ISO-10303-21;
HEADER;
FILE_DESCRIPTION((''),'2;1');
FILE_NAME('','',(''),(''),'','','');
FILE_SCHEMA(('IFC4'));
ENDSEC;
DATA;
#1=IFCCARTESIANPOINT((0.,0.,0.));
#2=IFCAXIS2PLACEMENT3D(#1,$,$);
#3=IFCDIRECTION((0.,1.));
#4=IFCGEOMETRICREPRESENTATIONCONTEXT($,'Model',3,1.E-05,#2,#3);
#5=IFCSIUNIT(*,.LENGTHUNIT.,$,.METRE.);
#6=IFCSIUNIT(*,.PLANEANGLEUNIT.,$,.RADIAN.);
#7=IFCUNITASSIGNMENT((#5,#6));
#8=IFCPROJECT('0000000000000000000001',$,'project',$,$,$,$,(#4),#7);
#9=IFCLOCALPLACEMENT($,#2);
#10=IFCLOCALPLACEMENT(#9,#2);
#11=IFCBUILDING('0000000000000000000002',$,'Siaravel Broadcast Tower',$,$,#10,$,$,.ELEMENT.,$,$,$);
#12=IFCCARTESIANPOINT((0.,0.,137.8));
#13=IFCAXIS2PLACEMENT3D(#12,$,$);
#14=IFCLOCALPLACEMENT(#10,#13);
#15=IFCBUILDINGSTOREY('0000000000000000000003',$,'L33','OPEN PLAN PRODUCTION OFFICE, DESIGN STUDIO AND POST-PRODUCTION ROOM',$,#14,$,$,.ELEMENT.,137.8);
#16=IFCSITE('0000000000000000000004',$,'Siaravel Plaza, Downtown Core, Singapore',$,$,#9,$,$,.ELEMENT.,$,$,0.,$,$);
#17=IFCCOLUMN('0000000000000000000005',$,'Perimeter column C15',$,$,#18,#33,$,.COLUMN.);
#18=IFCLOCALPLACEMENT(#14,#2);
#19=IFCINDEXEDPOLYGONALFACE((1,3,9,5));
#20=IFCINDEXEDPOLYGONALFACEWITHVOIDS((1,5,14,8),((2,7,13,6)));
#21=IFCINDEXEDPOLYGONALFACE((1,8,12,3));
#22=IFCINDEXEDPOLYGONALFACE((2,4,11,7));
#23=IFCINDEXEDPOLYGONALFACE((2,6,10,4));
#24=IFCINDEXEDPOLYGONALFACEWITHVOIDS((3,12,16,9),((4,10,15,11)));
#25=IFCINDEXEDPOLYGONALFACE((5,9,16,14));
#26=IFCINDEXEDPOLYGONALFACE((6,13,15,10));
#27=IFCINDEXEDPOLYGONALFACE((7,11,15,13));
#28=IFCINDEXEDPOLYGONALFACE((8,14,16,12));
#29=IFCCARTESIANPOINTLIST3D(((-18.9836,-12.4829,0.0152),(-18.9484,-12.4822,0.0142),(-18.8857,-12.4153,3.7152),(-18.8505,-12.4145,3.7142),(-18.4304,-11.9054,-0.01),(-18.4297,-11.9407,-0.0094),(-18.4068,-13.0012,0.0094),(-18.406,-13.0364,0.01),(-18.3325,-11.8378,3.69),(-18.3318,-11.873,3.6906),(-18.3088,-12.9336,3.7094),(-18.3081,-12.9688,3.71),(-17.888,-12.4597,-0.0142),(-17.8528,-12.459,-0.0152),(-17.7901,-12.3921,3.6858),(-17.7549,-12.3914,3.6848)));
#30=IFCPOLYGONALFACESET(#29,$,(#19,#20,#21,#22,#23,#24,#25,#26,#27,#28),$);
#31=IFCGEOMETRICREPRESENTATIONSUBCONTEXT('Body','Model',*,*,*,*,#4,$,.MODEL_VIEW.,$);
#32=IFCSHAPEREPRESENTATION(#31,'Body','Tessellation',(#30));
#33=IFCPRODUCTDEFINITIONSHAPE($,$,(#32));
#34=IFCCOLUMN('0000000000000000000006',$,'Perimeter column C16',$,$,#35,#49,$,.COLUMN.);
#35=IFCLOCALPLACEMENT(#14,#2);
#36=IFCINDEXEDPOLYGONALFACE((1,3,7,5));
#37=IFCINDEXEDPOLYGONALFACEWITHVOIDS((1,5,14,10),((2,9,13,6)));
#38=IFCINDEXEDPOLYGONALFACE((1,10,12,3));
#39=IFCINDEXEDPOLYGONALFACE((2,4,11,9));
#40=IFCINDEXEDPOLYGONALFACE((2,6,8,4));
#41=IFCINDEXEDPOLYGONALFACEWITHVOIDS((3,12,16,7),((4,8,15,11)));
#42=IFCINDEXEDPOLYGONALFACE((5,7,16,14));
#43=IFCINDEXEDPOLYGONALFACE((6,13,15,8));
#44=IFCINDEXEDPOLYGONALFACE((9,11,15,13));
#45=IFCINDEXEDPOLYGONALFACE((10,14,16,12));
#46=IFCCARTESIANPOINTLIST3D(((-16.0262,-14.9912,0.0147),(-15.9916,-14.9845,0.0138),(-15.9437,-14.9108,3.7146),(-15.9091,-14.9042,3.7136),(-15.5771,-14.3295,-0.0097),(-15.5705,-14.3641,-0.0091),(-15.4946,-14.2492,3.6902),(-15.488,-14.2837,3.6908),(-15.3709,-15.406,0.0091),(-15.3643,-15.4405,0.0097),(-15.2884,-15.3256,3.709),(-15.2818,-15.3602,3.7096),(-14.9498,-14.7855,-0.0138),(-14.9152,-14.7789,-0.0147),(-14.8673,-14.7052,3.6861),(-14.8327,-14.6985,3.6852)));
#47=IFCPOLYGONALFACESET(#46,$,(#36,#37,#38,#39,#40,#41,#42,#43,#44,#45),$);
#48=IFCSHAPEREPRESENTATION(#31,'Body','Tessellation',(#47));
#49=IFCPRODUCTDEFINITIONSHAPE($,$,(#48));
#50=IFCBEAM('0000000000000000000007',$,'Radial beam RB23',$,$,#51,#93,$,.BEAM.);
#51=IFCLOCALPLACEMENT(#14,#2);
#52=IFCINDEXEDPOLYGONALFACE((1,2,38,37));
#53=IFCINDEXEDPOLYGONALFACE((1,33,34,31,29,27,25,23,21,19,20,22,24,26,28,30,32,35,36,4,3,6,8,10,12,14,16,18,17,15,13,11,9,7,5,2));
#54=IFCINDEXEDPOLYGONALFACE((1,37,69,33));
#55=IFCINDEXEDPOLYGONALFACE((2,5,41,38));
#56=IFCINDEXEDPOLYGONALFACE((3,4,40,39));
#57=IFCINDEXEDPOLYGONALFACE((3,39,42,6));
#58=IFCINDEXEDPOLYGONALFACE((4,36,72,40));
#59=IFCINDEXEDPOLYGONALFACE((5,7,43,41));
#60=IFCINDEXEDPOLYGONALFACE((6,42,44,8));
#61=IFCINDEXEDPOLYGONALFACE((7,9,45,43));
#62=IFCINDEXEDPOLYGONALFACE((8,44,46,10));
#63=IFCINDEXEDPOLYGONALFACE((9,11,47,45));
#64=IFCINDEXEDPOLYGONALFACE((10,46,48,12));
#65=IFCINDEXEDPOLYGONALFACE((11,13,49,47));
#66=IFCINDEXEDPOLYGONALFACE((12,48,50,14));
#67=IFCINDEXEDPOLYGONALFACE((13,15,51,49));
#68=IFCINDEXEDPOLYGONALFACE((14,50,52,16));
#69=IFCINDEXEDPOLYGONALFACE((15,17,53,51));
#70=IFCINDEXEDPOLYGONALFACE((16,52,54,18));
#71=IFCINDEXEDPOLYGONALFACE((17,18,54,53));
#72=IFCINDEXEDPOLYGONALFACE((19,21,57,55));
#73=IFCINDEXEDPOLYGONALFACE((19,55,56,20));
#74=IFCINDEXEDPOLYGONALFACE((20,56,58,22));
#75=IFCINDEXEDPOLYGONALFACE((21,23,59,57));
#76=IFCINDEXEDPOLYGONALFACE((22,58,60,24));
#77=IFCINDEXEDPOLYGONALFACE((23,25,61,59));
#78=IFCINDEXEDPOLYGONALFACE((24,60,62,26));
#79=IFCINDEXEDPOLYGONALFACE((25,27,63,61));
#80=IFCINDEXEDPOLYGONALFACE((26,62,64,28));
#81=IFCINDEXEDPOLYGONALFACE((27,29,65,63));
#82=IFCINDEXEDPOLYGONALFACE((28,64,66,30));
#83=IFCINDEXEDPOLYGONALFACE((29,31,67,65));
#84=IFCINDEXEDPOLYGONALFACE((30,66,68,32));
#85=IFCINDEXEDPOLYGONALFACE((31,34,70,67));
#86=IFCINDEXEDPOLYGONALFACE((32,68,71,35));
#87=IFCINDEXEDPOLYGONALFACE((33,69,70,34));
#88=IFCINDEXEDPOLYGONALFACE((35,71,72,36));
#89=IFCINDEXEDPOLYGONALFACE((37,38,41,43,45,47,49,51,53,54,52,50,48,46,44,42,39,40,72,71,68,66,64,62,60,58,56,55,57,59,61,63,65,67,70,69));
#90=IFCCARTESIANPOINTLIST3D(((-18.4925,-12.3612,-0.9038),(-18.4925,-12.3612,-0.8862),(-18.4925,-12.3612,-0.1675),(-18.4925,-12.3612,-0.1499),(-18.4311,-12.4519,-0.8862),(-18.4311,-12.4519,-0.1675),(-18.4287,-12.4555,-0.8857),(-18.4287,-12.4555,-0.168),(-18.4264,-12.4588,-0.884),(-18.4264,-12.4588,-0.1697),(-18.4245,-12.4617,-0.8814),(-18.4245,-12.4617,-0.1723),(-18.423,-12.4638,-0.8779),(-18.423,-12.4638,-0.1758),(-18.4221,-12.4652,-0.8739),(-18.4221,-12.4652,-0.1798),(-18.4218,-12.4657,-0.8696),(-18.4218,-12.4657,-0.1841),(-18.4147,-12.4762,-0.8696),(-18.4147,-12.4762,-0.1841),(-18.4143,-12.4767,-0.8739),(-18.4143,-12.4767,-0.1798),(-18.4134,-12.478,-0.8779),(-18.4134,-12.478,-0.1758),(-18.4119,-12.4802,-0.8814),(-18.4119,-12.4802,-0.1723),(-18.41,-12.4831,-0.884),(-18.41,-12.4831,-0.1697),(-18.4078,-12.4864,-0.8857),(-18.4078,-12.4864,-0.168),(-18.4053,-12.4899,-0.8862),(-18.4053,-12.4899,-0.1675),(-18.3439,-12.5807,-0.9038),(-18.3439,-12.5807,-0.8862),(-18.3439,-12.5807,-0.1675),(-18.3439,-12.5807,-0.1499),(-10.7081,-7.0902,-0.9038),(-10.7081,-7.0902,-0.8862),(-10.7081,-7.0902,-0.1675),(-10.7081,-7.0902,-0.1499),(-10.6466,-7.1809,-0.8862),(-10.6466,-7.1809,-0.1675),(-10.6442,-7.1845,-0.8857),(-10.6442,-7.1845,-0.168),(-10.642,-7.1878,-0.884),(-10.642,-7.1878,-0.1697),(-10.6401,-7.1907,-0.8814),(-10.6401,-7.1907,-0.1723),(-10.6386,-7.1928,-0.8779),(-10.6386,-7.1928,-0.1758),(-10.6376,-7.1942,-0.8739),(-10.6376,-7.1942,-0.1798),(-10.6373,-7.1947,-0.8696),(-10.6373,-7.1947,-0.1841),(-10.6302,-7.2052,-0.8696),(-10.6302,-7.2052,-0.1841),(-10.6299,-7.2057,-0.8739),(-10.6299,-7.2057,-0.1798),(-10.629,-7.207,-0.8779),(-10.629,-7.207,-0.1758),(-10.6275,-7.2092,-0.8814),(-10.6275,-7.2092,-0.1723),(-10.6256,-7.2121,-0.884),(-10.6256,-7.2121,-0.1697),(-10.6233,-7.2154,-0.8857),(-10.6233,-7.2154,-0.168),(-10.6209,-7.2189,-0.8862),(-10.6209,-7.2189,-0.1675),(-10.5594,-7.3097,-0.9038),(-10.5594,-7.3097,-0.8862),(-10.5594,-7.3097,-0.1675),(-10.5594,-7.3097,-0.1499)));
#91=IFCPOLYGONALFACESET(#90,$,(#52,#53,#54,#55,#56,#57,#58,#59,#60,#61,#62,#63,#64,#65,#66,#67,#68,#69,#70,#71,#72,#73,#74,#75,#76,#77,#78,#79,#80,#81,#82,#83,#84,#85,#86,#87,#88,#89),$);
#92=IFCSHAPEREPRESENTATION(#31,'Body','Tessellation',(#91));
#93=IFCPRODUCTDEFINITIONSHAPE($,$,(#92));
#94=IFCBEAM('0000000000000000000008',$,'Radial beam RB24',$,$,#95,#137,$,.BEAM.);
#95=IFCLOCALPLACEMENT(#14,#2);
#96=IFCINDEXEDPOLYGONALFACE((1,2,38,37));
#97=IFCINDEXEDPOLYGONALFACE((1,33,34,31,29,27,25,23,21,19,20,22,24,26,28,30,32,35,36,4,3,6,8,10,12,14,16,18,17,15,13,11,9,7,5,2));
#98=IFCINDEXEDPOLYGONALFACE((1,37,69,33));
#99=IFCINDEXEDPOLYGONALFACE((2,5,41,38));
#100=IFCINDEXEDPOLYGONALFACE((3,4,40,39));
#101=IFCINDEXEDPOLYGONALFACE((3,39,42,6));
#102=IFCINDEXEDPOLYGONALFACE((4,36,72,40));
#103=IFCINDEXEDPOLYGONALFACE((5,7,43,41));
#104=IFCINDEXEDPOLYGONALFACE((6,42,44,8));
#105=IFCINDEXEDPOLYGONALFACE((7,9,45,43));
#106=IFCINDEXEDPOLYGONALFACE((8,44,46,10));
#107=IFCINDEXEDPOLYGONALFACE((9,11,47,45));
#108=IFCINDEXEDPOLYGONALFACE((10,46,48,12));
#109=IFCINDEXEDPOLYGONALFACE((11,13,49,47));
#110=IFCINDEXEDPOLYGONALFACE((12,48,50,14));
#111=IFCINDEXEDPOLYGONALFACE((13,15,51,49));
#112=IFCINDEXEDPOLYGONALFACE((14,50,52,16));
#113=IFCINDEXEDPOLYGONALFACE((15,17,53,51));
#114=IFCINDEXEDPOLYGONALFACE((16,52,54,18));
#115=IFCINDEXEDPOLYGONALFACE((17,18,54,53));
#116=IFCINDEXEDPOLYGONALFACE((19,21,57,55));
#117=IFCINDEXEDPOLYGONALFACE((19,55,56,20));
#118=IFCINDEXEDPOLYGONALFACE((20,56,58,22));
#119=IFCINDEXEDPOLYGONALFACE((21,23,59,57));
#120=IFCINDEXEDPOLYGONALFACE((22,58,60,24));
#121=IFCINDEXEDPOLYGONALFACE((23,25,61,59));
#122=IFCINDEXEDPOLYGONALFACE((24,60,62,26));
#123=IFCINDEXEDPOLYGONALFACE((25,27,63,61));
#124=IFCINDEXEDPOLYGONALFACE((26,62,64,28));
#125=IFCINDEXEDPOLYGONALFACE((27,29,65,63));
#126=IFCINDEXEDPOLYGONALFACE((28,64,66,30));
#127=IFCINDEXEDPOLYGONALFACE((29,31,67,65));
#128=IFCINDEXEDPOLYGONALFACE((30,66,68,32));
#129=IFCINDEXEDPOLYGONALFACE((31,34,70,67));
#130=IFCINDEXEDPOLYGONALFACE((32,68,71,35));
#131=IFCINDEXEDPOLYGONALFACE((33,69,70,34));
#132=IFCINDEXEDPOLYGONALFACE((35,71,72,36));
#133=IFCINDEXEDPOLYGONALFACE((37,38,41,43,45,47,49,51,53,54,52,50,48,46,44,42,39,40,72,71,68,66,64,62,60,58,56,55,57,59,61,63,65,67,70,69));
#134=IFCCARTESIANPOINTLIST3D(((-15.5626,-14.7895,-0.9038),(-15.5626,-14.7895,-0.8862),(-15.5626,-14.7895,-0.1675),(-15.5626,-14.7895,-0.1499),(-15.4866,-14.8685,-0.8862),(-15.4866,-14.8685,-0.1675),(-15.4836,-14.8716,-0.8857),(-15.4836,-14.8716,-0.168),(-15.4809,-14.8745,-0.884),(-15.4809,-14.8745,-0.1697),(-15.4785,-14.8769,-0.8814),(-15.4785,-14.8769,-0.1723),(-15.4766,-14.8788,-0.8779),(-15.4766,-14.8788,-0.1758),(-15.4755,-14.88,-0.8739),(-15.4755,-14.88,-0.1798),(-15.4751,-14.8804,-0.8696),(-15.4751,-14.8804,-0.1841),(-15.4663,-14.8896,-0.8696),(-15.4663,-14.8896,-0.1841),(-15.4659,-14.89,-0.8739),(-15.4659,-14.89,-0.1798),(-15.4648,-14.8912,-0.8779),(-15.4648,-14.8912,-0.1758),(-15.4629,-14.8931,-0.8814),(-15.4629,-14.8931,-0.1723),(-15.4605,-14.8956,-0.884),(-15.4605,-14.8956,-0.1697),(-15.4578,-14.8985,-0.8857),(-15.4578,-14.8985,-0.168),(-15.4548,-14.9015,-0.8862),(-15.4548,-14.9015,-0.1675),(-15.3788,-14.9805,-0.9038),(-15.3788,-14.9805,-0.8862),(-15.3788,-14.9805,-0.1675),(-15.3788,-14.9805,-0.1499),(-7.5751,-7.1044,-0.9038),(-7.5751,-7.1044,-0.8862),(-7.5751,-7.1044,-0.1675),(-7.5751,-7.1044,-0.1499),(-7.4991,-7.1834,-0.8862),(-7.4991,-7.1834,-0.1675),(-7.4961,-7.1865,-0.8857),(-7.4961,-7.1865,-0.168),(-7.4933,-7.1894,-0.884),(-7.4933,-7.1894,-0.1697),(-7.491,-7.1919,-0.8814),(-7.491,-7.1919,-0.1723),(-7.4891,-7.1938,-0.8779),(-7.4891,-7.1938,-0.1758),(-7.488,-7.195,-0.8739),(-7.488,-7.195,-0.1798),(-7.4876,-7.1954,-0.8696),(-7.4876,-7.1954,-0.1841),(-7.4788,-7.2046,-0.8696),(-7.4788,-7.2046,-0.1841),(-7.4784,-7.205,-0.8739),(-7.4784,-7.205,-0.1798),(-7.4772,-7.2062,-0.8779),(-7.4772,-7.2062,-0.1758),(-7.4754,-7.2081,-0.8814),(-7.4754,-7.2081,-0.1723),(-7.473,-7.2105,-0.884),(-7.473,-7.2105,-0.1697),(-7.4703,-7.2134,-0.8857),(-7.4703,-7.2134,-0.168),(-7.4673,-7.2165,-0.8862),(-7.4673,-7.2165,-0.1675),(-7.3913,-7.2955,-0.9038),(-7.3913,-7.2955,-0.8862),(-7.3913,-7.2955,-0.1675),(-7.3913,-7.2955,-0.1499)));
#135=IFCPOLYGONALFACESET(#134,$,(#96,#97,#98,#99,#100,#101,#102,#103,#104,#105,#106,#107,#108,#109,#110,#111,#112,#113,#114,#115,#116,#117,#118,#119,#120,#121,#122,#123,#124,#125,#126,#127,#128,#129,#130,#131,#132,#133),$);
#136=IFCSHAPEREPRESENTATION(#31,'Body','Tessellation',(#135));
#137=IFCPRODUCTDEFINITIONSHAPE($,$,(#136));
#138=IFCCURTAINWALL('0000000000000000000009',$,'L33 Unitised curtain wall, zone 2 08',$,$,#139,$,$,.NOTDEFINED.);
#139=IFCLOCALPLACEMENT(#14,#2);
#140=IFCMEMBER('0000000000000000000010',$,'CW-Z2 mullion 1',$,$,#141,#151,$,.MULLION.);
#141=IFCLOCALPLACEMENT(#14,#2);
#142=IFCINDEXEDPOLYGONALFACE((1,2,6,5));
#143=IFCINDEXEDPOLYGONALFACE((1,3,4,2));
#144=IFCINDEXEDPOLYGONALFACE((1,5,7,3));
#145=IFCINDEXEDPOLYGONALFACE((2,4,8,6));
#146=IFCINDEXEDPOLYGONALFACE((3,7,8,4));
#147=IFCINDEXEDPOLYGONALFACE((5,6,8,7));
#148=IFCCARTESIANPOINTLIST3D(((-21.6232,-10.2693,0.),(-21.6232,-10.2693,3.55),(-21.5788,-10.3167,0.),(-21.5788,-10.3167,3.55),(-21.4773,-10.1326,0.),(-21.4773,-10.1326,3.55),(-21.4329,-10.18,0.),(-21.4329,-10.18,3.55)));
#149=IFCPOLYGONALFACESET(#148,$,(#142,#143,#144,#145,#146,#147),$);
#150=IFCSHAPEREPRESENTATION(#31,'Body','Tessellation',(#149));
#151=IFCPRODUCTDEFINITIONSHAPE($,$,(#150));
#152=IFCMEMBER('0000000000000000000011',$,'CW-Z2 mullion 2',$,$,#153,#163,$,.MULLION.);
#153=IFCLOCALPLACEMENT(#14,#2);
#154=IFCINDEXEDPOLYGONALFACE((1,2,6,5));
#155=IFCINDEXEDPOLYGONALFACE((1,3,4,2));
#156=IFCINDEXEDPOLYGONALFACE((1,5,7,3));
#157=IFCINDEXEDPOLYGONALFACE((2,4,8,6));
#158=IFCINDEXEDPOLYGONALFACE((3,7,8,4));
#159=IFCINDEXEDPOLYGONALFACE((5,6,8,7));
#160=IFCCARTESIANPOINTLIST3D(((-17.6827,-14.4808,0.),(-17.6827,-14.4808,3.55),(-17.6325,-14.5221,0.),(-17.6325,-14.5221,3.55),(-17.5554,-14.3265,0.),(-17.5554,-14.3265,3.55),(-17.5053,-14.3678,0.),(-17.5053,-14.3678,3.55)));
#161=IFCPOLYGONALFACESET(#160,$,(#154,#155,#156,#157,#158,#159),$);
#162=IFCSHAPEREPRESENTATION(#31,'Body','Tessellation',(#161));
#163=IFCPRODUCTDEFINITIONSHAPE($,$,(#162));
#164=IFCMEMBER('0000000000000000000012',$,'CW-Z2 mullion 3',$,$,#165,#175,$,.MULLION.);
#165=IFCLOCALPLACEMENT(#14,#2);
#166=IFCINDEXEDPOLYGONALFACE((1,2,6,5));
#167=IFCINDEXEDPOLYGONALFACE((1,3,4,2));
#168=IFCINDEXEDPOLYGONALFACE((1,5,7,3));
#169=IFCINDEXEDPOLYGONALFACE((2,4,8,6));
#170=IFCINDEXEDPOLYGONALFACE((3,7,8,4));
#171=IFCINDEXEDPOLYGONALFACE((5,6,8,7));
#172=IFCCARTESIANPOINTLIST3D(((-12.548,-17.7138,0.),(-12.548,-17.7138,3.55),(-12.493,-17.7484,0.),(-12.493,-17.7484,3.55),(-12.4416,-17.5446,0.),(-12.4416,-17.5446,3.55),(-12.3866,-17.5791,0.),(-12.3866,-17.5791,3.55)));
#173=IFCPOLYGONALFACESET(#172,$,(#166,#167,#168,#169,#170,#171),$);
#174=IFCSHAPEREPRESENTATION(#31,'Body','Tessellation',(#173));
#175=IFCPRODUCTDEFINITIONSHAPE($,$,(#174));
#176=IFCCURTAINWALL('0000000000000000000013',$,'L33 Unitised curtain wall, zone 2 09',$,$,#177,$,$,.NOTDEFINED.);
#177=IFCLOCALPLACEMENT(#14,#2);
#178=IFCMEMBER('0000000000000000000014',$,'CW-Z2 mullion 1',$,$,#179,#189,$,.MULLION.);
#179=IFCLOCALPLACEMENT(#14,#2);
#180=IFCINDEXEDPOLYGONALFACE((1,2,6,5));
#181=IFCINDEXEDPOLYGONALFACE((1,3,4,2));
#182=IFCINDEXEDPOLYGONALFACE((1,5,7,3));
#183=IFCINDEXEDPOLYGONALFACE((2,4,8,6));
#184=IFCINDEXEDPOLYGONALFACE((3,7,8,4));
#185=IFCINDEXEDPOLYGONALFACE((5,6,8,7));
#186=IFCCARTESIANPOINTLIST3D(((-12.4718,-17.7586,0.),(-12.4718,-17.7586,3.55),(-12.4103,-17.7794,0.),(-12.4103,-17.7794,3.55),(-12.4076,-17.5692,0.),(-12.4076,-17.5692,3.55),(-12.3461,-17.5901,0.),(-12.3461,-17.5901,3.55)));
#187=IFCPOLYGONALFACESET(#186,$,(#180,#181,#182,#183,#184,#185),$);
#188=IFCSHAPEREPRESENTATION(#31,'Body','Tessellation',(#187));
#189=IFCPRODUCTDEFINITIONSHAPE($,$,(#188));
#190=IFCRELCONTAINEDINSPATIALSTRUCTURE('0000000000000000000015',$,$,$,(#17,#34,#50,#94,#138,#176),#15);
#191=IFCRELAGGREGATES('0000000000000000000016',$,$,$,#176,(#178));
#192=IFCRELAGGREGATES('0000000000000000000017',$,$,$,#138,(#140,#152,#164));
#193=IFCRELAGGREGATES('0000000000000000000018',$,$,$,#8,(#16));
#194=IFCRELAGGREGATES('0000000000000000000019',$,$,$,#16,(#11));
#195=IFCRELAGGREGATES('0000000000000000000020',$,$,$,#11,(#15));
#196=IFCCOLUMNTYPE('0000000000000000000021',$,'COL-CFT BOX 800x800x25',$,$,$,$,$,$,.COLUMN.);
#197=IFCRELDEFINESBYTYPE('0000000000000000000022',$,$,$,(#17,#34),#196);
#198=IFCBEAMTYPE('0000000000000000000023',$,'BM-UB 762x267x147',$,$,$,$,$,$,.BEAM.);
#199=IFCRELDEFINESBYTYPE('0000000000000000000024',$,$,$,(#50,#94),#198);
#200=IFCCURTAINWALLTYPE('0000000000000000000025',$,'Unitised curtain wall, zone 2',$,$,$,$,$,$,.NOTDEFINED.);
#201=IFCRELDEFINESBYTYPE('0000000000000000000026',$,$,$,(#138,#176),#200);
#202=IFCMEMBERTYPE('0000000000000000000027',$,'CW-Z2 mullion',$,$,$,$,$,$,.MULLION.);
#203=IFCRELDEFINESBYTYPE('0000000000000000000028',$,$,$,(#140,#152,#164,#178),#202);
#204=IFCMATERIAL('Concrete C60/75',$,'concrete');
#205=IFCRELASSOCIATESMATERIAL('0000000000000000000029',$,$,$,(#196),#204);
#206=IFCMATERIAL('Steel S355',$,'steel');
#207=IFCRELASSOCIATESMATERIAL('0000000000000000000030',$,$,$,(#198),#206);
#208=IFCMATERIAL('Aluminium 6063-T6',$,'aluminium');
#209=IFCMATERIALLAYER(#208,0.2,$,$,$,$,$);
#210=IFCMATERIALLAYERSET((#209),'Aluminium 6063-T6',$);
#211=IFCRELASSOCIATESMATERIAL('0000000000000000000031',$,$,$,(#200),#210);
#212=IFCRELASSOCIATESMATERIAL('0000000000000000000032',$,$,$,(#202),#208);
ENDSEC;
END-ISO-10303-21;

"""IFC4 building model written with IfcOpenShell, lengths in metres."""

from ifc_helpers import new_model, si_unit, direction, frame, origin, origin_2d, place, context, subcontext, project, spatial, rectangle, hollow_rectangle, i_section, extrude, material, layer, layer_set, material_profile, profile_set, type_object, element, aggregate, save


model = new_model("IFC4")

# Units and contexts
model_context = context("Model", 3, precision=1e-05, world=origin(), true_north=direction((0.0, 1.0)))
body_context = subcontext(model_context, "Body", "Model", "MODEL_VIEW")
ifc_project = project(units=[si_unit("LENGTHUNIT", "METRE"), si_unit("PLANEANGLEUNIT", "RADIAN")], contexts=[model_context])

# Site, building, storey
site_placement = place(None, origin())
site = spatial("IfcSite", under=ifc_project, at=site_placement, Name="Siaravel Plaza, Downtown Core, Singapore", CompositionType="ELEMENT", RefElevation=0.0)
building_placement = place(site_placement, origin())
building = spatial("IfcBuilding", under=site, at=building_placement, Name="Siaravel Broadcast Tower", CompositionType="ELEMENT")
storey_placement = place(building_placement, frame((0.0, 0.0, 137.8)))
storey = spatial("IfcBuildingStorey", under=building, at=storey_placement, Name="L33", Description="OPEN PLAN PRODUCTION OFFICE, DESIGN STUDIO AND POST-PRODUCTION ROOM", CompositionType="ELEMENT", Elevation=137.8)

# Columns
ifc_material_1 = material(Name="Concrete C60/75", Category="concrete")
ifc_material_profile_1 = material_profile(ifc_material_1, hollow_rectangle(XDim=0.8, YDim=0.8, WallThickness=0.0249, at=origin_2d()))
ifc_profile_set_1 = profile_set([ifc_material_profile_1], Name="Concrete C60/75")
column_type = type_object("IfcColumnType", Name="COL-CFT BOX 800x800x25", PredefinedType="COLUMN", material=ifc_profile_set_1)
column_1_placement = place(storey_placement, frame((-18.4182, -12.4709, 0.0), z_axis=(0.026446, 0.018268, 0.999483), x_axis=(-0.721973, 0.691891, 0.006457)))
element("IfcColumn", 1, at=column_1_placement, inside=storey, type_object=column_type, Name="Perimeter column C15", PredefinedType="COLUMN", context=body_context, shape_type="SweptSolid", body=[
    extrude(hollow_rectangle(XDim=0.8, YDim=0.8, WallThickness=0.0249, at=origin_2d()), origin(), (0.0, 0.0, 1.0), 3.7019),
])
column_2_placement = place(storey_placement, frame((-15.4707, -14.885, 0.0), z_axis=(0.022292, 0.021698, 0.999516), x_axis=(-0.827314, 0.561705, 0.006257)))
element("IfcColumn", 2, at=column_2_placement, inside=storey, type_object=column_type, Name="Perimeter column C16", PredefinedType="COLUMN", context=body_context, shape_type="SweptSolid", body=[
    extrude(hollow_rectangle(XDim=0.8, YDim=0.8, WallThickness=0.0249, at=origin_2d()), origin(), (0.0, 0.0, 1.0), 3.7017),
])

# Beams
ifc_material_2 = material(Name="Steel S355", Category="steel")
ifc_material_profile_2 = material_profile(ifc_material_2, i_section(OverallWidth=0.2651, OverallDepth=0.7539, WebThickness=0.0127, FlangeThickness=0.0176, FilletRadius=0.0166, at=origin_2d()))
ifc_profile_set_2 = profile_set([ifc_material_profile_2], Name="Steel S355")
beam_type = type_object("IfcBeamType", Name="BM-UB 762x267x147", PredefinedType="BEAM", material=ifc_profile_set_2)
beam_1_placement = place(storey_placement, frame((-18.4182, -12.4709, -0.5269), z_axis=(0.828033, 0.560679, 0.0), x_axis=(-0.560679, 0.828033, 0.0)))
element("IfcBeam", 3, at=beam_1_placement, inside=storey, type_object=beam_type, Name="Radial beam RB23", PredefinedType="BEAM", context=body_context, shape_type="SweptSolid", body=[
    extrude(i_section(OverallWidth=0.2651, OverallDepth=0.7539, WebThickness=0.0127, FlangeThickness=0.0176, FilletRadius=0.0166, at=origin_2d()), origin(), (0.0, 0.0, 1.0), 9.4011),
])
beam_2_placement = place(storey_placement, frame((-15.4707, -14.885, -0.5269), z_axis=(0.72062, 0.69333, 0.0), x_axis=(-0.69333, 0.72062, 0.0)))
element("IfcBeam", 4, at=beam_2_placement, inside=storey, type_object=beam_type, Name="Radial beam RB24", PredefinedType="BEAM", context=body_context, shape_type="SweptSolid", body=[
    extrude(i_section(OverallWidth=0.2651, OverallDepth=0.7539, WebThickness=0.0127, FlangeThickness=0.0176, FilletRadius=0.0166, at=origin_2d()), origin(), (0.0, 0.0, 1.0), 11.0842),
])

# Curtain wall, members
ifc_material_3 = material(Name="Aluminium 6063-T6", Category="aluminium")
ifc_layer_1 = layer(ifc_material_3, 0.2)
ifc_layer_set_1 = layer_set([ifc_layer_1], Name="Aluminium 6063-T6")
curtain_wall_type = type_object("IfcCurtainWallType", Name="Unitised curtain wall, zone 2", PredefinedType="NOTDEFINED", material=ifc_layer_set_1)
curtain_wall_1_placement = place(storey_placement, origin())
curtain_wall_1 = element("IfcCurtainWall", 5, at=curtain_wall_1_placement, inside=storey, type_object=curtain_wall_type, Name="L33 Unitised curtain wall, zone 2 08", PredefinedType="NOTDEFINED")
ifc_material_profile_3 = material_profile(ifc_material_3, rectangle(XDim=0.2, YDim=0.0649, at=origin_2d()))
ifc_profile_set_3 = profile_set([ifc_material_profile_3], Name="Aluminium 6063-T6")
member_type_1 = type_object("IfcMemberType", Name="CW-Z2 mullion", PredefinedType="MULLION", material=ifc_profile_set_3)
member_1_placement = place(storey_placement, frame((-21.5281, -10.2246, 0.0), z_axis=(0.0, 0.0, 1.0), x_axis=(0.729807, 0.683653, 0.0)))
member_1 = element("IfcMember", 6, at=member_1_placement, type_object=member_type_1, Name="CW-Z2 mullion 1", PredefinedType="MULLION", context=body_context, shape_type="SweptSolid", body=[
    extrude(rectangle(XDim=0.2, YDim=0.0649, at=origin_2d()), origin(), (0.0, 0.0, 1.0), 3.55),
])
member_2_placement = place(storey_placement, frame((-17.594, -14.4243, 0.0), z_axis=(0.0, 0.0, 1.0), x_axis=(0.63622, 0.771507, 0.0)))
member_2 = element("IfcMember", 7, at=member_2_placement, type_object=member_type_1, Name="CW-Z2 mullion 2", PredefinedType="MULLION", context=body_context, shape_type="SweptSolid", body=[
    extrude(rectangle(XDim=0.2, YDim=0.0649, at=origin_2d()), origin(), (0.0, 0.0, 1.0), 3.55),
])
member_3_placement = place(storey_placement, frame((-12.4673, -17.6465, 0.0), z_axis=(0.0, 0.0, 1.0), x_axis=(0.532151, 0.846649, 0.0)))
member_3 = element("IfcMember", 8, at=member_3_placement, type_object=member_type_1, Name="CW-Z2 mullion 3", PredefinedType="MULLION", context=body_context, shape_type="SweptSolid", body=[
    extrude(rectangle(XDim=0.2, YDim=0.0649, at=origin_2d()), origin(), (0.0, 0.0, 1.0), 3.55),
])

# Curtain wall, member
curtain_wall_2_placement = place(storey_placement, origin())
curtain_wall_2 = element("IfcCurtainWall", 9, at=curtain_wall_2_placement, inside=storey, type_object=curtain_wall_type, Name="L33 Unitised curtain wall, zone 2 09", PredefinedType="NOTDEFINED")
member_4_placement = place(storey_placement, frame((-12.4089, -17.6743, 0.0), z_axis=(0.0, 0.0, 1.0), x_axis=(0.321302, 0.946977, 0.0)))
member_4 = element("IfcMember", 10, at=member_4_placement, type_object=member_type_1, Name="CW-Z2 mullion 1", PredefinedType="MULLION", context=body_context, shape_type="SweptSolid", body=[
    extrude(rectangle(XDim=0.2, YDim=0.0649, at=origin_2d()), origin(), (0.0, 0.0, 1.0), 3.55),
])

aggregate(curtain_wall_2, [member_4])

aggregate(curtain_wall_1, [member_1, member_2, member_3])

save(model, "model.ifc")
